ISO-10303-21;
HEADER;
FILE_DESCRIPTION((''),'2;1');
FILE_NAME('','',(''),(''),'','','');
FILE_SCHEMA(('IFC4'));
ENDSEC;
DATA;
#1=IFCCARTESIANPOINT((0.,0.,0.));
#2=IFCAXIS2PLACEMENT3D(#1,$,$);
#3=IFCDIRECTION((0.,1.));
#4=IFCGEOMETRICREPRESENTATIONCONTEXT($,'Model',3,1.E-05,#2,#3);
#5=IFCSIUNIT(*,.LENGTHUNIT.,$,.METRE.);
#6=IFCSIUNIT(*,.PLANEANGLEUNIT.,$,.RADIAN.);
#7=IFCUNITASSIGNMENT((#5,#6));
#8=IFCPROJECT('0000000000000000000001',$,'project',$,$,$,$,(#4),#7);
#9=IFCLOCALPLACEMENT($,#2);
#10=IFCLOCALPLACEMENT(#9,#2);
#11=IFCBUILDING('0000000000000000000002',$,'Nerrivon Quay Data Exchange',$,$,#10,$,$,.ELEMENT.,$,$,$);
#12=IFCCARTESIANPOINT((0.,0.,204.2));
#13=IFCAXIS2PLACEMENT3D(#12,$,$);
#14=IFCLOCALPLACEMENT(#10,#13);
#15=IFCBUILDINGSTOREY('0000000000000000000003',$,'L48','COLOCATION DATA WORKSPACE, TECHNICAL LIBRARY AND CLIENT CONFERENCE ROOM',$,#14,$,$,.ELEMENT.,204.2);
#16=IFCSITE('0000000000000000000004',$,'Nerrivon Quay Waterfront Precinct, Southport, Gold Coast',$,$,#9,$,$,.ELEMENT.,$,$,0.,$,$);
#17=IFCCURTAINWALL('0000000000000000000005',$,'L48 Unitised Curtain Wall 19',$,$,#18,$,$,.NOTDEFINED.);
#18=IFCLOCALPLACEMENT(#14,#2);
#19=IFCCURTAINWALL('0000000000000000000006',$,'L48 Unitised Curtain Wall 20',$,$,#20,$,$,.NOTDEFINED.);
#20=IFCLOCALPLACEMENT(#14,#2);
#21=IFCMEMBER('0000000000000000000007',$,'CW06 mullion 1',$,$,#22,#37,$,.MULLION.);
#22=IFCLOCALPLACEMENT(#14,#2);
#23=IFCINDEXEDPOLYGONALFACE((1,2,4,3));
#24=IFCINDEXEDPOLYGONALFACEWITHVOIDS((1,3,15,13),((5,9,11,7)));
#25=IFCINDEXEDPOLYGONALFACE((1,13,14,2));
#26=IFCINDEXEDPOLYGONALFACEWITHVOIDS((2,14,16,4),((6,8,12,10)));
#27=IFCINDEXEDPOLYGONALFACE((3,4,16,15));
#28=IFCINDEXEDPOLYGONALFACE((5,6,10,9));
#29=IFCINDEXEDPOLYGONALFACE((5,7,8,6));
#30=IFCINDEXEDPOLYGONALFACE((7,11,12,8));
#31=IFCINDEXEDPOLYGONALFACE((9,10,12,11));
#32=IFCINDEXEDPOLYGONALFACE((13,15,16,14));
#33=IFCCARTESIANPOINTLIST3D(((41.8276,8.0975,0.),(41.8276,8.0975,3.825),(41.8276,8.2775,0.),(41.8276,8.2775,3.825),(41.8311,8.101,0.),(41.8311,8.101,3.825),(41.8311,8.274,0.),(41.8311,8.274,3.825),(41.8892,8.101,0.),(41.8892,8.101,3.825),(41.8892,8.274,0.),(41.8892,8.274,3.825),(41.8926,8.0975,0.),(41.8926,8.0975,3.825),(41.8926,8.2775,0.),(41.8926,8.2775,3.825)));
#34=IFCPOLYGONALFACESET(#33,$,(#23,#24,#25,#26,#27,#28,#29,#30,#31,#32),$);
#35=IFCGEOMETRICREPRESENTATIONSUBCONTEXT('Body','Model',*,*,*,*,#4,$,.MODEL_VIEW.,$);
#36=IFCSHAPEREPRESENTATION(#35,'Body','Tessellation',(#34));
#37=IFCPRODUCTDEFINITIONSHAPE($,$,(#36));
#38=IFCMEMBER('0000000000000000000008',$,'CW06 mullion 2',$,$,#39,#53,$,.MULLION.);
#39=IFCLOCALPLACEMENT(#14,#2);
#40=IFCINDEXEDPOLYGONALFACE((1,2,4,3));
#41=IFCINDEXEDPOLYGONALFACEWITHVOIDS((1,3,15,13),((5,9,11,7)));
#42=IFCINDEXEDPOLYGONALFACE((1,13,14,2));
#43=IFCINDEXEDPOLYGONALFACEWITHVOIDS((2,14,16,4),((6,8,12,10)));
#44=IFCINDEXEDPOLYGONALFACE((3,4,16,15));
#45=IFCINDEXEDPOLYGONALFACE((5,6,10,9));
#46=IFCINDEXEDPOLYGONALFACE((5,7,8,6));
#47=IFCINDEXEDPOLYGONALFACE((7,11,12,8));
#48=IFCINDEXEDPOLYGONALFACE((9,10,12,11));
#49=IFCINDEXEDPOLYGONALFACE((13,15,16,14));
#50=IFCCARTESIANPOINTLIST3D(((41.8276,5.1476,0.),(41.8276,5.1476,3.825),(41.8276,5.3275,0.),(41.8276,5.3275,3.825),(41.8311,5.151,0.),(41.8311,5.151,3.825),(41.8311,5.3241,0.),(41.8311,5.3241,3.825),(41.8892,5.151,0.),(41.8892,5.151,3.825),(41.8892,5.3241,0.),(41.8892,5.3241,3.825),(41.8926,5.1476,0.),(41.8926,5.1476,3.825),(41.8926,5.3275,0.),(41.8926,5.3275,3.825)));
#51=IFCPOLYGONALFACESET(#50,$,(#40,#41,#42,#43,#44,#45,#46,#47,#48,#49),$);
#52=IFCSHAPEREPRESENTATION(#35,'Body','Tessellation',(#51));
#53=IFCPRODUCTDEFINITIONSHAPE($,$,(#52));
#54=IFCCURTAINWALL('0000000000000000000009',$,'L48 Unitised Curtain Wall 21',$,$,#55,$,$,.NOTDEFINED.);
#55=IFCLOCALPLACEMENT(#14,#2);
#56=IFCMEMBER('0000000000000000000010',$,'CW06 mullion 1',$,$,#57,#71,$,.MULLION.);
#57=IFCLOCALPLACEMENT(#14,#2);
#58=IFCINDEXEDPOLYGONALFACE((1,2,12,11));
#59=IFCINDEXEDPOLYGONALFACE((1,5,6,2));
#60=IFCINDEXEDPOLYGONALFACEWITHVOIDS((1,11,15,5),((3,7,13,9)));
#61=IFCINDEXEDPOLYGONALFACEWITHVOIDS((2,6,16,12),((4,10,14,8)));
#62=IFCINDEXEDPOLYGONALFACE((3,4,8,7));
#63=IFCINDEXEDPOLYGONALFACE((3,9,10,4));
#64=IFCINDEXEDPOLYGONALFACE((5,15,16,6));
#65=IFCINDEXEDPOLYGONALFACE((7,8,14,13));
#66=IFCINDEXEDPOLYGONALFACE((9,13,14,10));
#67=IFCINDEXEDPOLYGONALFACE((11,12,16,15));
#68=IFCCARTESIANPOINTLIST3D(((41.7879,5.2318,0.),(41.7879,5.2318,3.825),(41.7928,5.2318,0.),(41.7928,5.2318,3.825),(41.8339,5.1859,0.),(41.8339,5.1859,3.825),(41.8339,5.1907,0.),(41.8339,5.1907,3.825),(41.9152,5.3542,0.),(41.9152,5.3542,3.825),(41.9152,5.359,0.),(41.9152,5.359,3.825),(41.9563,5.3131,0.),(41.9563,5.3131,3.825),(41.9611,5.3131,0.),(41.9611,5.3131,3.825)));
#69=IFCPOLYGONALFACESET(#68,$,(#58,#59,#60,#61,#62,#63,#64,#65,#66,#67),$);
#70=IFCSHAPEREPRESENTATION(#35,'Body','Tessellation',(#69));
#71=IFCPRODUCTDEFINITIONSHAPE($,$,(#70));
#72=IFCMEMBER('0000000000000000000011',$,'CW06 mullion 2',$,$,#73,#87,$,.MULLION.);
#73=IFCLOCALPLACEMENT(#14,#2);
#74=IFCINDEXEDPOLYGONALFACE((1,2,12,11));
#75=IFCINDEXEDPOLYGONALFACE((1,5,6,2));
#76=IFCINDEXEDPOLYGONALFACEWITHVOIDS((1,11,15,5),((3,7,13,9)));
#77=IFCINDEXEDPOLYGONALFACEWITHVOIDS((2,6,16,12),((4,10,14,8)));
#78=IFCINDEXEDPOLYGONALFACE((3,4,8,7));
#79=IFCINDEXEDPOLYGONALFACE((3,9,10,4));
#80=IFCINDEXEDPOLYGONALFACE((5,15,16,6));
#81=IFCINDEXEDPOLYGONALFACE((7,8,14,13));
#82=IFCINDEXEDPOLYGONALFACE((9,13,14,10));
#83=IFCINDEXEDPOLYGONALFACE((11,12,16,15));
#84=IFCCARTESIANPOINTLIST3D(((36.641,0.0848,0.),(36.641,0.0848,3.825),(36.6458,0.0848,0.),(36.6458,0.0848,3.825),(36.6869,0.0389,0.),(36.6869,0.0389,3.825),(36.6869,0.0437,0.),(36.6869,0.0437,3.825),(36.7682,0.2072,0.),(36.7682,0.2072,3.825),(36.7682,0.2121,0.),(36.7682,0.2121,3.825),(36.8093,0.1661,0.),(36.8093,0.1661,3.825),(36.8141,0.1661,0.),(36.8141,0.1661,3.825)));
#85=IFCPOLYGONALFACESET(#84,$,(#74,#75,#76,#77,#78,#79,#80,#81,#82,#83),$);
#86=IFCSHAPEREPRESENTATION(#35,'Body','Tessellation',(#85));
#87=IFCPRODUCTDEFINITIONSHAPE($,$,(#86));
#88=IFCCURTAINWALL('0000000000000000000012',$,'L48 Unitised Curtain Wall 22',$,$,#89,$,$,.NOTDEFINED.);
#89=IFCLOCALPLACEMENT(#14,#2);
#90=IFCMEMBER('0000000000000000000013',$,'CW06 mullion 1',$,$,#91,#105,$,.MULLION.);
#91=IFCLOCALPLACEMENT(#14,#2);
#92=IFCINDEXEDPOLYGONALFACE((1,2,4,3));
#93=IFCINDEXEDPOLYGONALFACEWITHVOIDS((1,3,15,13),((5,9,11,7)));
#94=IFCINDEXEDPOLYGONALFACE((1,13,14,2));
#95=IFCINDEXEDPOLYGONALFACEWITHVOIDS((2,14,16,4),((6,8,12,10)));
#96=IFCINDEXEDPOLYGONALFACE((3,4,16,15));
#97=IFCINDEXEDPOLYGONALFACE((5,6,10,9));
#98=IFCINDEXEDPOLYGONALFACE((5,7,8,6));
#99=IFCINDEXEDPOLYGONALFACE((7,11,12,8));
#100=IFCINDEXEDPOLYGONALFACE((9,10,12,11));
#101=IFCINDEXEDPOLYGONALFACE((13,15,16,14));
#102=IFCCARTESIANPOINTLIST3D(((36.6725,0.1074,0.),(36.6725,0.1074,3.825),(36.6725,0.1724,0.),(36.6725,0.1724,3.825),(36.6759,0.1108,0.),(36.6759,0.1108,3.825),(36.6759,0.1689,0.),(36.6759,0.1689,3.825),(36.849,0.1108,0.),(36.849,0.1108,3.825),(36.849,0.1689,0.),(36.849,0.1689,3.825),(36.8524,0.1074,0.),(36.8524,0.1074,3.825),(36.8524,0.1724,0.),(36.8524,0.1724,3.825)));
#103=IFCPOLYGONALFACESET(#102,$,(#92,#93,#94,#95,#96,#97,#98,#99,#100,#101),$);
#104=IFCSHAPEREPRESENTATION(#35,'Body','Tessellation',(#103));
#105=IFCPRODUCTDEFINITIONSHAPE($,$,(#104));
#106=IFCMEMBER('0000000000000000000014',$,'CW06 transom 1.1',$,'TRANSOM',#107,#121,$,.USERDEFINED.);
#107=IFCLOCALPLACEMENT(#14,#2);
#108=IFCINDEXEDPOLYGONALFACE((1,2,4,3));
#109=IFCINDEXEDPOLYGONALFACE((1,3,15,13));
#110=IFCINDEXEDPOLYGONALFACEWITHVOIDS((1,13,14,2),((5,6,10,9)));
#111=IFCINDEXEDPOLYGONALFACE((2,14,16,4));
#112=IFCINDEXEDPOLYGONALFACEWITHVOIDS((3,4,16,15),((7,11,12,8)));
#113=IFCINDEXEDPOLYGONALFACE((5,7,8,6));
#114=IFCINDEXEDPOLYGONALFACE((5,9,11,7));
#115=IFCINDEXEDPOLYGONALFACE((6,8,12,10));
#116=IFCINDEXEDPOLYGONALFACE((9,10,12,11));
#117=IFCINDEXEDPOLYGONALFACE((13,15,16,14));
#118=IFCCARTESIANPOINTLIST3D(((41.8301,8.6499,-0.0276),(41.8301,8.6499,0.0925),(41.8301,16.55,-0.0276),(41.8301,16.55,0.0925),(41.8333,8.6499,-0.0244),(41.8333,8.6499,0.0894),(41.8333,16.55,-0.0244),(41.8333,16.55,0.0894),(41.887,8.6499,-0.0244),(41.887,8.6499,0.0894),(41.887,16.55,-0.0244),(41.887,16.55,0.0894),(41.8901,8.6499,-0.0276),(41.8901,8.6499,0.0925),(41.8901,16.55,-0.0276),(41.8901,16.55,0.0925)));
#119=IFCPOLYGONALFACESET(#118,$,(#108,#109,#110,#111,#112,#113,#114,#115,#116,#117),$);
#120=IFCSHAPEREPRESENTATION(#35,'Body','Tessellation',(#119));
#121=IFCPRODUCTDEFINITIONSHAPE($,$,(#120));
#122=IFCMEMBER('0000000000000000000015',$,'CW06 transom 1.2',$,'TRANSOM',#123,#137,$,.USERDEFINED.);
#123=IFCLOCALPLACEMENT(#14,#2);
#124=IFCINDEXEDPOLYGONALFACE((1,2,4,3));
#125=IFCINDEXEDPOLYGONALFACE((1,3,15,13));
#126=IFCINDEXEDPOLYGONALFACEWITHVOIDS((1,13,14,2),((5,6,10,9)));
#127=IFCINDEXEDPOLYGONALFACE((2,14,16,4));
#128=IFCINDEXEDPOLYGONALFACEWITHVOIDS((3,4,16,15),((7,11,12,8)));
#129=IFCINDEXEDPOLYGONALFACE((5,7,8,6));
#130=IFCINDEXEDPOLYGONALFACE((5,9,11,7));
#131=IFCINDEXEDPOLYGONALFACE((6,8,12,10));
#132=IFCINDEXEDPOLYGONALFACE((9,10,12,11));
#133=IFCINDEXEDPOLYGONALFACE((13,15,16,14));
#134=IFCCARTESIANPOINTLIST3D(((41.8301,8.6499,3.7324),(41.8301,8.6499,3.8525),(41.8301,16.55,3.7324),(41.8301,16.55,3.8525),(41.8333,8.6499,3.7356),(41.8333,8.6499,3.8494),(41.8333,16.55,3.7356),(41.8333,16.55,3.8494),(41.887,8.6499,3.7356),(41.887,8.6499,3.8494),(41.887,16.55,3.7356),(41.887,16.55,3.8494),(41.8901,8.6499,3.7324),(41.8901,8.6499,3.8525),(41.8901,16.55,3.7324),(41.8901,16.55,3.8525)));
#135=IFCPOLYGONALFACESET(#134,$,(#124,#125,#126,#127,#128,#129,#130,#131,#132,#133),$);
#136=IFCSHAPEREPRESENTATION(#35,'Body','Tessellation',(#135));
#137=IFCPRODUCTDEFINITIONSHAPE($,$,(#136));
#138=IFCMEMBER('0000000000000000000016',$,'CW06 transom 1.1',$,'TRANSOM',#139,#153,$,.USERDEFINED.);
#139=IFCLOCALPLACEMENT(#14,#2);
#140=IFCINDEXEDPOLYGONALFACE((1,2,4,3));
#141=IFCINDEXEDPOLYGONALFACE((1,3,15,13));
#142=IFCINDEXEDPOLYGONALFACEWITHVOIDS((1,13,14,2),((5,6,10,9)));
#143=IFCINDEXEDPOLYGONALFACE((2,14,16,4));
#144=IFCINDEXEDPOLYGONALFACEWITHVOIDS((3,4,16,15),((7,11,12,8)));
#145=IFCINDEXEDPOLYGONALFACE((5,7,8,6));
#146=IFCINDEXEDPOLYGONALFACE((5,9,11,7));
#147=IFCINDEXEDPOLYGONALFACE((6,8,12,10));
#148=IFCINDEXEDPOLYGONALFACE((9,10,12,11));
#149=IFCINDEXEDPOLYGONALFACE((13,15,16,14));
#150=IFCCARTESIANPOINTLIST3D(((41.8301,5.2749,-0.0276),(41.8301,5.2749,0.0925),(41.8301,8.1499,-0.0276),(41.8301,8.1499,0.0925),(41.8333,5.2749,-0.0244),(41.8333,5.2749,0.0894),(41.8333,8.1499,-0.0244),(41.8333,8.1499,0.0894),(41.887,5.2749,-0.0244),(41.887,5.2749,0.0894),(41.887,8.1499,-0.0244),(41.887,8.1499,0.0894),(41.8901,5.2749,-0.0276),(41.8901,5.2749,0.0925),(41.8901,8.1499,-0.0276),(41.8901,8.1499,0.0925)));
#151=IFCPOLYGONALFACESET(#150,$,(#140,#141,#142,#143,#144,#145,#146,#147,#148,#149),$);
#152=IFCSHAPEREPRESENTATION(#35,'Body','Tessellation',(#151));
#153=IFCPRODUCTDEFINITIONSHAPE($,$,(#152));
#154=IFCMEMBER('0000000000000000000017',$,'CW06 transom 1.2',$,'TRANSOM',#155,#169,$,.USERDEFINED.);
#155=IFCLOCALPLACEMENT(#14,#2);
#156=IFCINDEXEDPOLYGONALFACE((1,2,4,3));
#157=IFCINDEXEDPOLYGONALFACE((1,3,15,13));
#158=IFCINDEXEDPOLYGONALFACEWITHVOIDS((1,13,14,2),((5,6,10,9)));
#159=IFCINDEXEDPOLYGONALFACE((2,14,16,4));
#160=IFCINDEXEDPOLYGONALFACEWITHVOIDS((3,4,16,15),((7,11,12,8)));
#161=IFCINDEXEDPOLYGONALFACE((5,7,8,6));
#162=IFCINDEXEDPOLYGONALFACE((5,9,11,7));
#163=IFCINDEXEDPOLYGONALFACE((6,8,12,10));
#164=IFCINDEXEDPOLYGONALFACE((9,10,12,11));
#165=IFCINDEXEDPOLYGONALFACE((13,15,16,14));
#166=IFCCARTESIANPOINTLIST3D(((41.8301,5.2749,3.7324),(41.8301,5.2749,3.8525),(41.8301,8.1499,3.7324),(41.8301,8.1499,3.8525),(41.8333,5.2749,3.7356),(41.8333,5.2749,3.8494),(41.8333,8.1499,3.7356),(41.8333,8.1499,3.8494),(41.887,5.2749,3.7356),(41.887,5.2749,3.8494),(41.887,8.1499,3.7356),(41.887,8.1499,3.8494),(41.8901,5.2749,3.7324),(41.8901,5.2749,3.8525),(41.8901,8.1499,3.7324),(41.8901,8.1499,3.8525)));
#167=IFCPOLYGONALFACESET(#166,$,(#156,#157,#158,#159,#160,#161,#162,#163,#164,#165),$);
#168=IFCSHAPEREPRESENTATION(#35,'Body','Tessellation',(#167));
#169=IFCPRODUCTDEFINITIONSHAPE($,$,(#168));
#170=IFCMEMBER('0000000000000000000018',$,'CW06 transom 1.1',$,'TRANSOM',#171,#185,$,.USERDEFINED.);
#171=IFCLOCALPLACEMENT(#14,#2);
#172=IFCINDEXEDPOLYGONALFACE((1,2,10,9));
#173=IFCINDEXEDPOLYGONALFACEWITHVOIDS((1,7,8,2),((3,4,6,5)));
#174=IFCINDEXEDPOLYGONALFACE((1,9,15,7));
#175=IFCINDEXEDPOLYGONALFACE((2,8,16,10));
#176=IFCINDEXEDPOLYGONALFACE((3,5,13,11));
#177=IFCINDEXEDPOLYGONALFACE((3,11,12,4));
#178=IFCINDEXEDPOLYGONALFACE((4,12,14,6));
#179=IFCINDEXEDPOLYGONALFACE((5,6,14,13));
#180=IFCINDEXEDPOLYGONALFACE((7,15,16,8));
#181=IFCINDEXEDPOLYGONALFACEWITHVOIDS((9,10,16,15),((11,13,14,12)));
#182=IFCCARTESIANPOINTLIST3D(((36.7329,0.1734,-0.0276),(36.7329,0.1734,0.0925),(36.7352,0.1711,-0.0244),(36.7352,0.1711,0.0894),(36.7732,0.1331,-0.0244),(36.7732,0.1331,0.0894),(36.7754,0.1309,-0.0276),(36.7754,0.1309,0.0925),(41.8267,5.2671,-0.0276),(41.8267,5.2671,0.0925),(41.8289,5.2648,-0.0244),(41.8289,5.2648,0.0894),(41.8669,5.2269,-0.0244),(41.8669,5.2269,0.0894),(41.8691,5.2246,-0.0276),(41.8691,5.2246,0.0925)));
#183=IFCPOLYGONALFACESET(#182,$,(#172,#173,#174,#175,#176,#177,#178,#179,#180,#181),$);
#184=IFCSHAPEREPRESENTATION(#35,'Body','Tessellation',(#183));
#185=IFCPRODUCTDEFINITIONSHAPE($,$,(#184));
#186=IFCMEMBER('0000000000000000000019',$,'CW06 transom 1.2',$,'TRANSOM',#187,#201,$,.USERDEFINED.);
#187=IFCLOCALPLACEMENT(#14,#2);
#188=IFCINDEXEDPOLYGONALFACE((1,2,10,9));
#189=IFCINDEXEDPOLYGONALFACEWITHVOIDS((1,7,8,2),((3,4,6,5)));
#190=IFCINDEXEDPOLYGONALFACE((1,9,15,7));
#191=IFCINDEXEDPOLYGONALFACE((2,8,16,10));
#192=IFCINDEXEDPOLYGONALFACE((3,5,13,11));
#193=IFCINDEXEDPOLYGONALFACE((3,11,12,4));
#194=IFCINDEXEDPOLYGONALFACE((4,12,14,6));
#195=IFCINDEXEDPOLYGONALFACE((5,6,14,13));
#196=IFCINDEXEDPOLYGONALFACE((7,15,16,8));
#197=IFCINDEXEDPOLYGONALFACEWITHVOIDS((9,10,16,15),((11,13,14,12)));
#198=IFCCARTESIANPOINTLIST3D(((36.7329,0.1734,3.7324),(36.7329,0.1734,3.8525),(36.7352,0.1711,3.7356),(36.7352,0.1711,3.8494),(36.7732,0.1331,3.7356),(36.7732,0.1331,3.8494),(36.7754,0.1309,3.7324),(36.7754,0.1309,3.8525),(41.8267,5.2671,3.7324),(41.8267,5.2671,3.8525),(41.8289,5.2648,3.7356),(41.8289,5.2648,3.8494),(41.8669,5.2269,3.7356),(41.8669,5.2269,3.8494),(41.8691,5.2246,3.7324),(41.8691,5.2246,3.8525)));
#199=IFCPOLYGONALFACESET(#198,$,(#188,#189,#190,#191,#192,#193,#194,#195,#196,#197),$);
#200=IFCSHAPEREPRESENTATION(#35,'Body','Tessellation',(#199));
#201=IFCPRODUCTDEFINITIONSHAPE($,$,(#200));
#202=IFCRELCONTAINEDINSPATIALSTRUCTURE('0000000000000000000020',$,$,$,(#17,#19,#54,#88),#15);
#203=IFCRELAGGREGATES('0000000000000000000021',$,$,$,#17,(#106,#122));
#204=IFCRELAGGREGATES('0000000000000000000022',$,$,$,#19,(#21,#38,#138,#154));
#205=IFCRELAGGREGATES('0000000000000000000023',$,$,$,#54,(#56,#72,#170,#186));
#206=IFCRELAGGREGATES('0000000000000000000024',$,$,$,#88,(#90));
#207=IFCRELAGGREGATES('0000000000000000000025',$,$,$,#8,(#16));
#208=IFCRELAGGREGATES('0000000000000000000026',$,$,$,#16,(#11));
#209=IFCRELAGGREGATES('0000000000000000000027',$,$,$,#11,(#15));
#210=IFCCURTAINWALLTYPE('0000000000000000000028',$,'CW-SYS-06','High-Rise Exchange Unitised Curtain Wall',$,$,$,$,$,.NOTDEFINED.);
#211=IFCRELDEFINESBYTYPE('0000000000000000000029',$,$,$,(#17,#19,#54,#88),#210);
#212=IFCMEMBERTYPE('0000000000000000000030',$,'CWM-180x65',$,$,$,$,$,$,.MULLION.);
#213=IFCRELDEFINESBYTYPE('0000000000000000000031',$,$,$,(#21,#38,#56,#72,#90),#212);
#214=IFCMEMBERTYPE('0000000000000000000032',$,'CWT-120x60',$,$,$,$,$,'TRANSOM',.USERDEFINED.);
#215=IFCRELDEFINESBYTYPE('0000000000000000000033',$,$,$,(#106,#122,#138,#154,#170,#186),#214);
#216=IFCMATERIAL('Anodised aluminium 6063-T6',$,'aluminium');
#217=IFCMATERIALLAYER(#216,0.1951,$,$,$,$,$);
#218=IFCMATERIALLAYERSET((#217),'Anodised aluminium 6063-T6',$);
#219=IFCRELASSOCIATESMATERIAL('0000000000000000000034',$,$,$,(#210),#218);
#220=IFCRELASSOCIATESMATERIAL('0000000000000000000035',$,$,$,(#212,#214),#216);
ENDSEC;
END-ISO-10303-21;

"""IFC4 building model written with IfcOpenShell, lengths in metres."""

from ifc_helpers import new_model, si_unit, direction, frame, origin, origin_2d, place, context, subcontext, project, spatial, hollow_rectangle, extrude, material, layer, layer_set, material_profile, profile_set, type_object, element, aggregate, save


model = new_model("IFC4")

# Units and contexts
model_context = context("Model", 3, precision=1e-05, world=origin(), true_north=direction((0.0, 1.0)))
body_context = subcontext(model_context, "Body", "Model", "MODEL_VIEW")
ifc_project = project(units=[si_unit("LENGTHUNIT", "METRE"), si_unit("PLANEANGLEUNIT", "RADIAN")], contexts=[model_context])

# Site, building, storey
site_placement = place(None, origin())
site = spatial("IfcSite", under=ifc_project, at=site_placement, Name="Nerrivon Quay Waterfront Precinct, Southport, Gold Coast", CompositionType="ELEMENT", RefElevation=0.0)
building_placement = place(site_placement, origin())
building = spatial("IfcBuilding", under=site, at=building_placement, Name="Nerrivon Quay Data Exchange", CompositionType="ELEMENT")
storey_placement = place(building_placement, frame((0.0, 0.0, 204.2)))
storey = spatial("IfcBuildingStorey", under=building, at=storey_placement, Name="L48", Description="COLOCATION DATA WORKSPACE, TECHNICAL LIBRARY AND CLIENT CONFERENCE ROOM", CompositionType="ELEMENT", Elevation=204.2)

# Curtain walls, members
ifc_material_1 = material(Name="Anodised aluminium 6063-T6", Category="aluminium")
ifc_layer_1 = layer(ifc_material_1, 0.1951)
ifc_layer_set_1 = layer_set([ifc_layer_1], Name="Anodised aluminium 6063-T6")
curtain_wall_type = type_object("IfcCurtainWallType", Name="CW-SYS-06", Description="High-Rise Exchange Unitised Curtain Wall", PredefinedType="NOTDEFINED", material=ifc_layer_set_1)
curtain_wall_1_placement = place(storey_placement, origin())
curtain_wall_1 = element("IfcCurtainWall", 1, at=curtain_wall_1_placement, inside=storey, type_object=curtain_wall_type, Name="L48 Unitised Curtain Wall 19", PredefinedType="NOTDEFINED")
ifc_material_profile_1 = material_profile(ifc_material_1, hollow_rectangle(XDim=0.0649, YDim=0.1799, WallThickness=0.0034, at=origin_2d()), Name="ALU-MULL-180x65")
ifc_profile_set_1 = profile_set([ifc_material_profile_1], Name="Anodised aluminium 6063-T6")
member_type_1 = type_object("IfcMemberType", Name="CWM-180x65", PredefinedType="MULLION", material=ifc_profile_set_1)
curtain_wall_2_placement = place(storey_placement, origin())
curtain_wall_2 = element("IfcCurtainWall", 2, at=curtain_wall_2_placement, inside=storey, type_object=curtain_wall_type, Name="L48 Unitised Curtain Wall 20", PredefinedType="NOTDEFINED")
member_1_placement = place(storey_placement, frame((41.8601, 8.1875, 0.0), z_axis=(0.0, 0.0, 1.0), x_axis=(1.0, 0.0, 0.0)))
member_1 = element("IfcMember", 3, at=member_1_placement, type_object=member_type_1, Name="CW06 mullion 1", PredefinedType="MULLION", context=body_context, shape_type="SweptSolid", body=[
    extrude(hollow_rectangle(XDim=0.0649, YDim=0.1799, WallThickness=0.0034, at=origin_2d()), origin(), (0.0, 0.0, 1.0), 3.825),
])
member_2_placement = place(storey_placement, frame((41.8601, 5.2375, 0.0), z_axis=(0.0, 0.0, 1.0), x_axis=(1.0, 0.0, 0.0)))
member_2 = element("IfcMember", 4, at=member_2_placement, type_object=member_type_1, Name="CW06 mullion 2", PredefinedType="MULLION", context=body_context, shape_type="SweptSolid", body=[
    extrude(hollow_rectangle(XDim=0.0649, YDim=0.1799, WallThickness=0.0034, at=origin_2d()), origin(), (0.0, 0.0, 1.0), 3.825),
])
curtain_wall_3_placement = place(storey_placement, origin())
curtain_wall_3 = element("IfcCurtainWall", 5, at=curtain_wall_3_placement, inside=storey, type_object=curtain_wall_type, Name="L48 Unitised Curtain Wall 21", PredefinedType="NOTDEFINED")
member_3_placement = place(storey_placement, frame((41.8745, 5.2725, 0.0), z_axis=(0.0, 0.0, 1.0), x_axis=(0.707107, -0.707107, 0.0)))
member_3 = element("IfcMember", 6, at=member_3_placement, type_object=member_type_1, Name="CW06 mullion 1", PredefinedType="MULLION", context=body_context, shape_type="SweptSolid", body=[
    extrude(hollow_rectangle(XDim=0.0649, YDim=0.1799, WallThickness=0.0034, at=origin_2d()), origin(), (0.0, 0.0, 1.0), 3.825),
])
member_4_placement = place(storey_placement, frame((36.7275, 0.1255, 0.0), z_axis=(0.0, 0.0, 1.0), x_axis=(0.707107, -0.707107, 0.0)))
member_4 = element("IfcMember", 7, at=member_4_placement, type_object=member_type_1, Name="CW06 mullion 2", PredefinedType="MULLION", context=body_context, shape_type="SweptSolid", body=[
    extrude(hollow_rectangle(XDim=0.0649, YDim=0.1799, WallThickness=0.0034, at=origin_2d()), origin(), (0.0, 0.0, 1.0), 3.825),
])

# Curtain wall, member
curtain_wall_4_placement = place(storey_placement, origin())
curtain_wall_4 = element("IfcCurtainWall", 8, at=curtain_wall_4_placement, inside=storey, type_object=curtain_wall_type, Name="L48 Unitised Curtain Wall 22", PredefinedType="NOTDEFINED")
member_5_placement = place(storey_placement, frame((36.7625, 0.1399, 0.0), z_axis=(0.0, 0.0, 1.0), x_axis=(0.0, -1.0, 0.0)))
member_5 = element("IfcMember", 9, at=member_5_placement, type_object=member_type_1, Name="CW06 mullion 1", PredefinedType="MULLION", context=body_context, shape_type="SweptSolid", body=[
    extrude(hollow_rectangle(XDim=0.0649, YDim=0.1799, WallThickness=0.0034, at=origin_2d()), origin(), (0.0, 0.0, 1.0), 3.825),
])

# Members
ifc_material_profile_2 = material_profile(ifc_material_1, hollow_rectangle(XDim=0.0601, YDim=0.1201, WallThickness=0.0032, at=origin_2d()), Name="ALU-TRAN-120x60")
ifc_profile_set_2 = profile_set([ifc_material_profile_2], Name="Anodised aluminium 6063-T6")
member_type_2 = type_object("IfcMemberType", Name="CWT-120x60", ElementType="TRANSOM", PredefinedType="USERDEFINED", material=ifc_profile_set_2)
member_6_placement = place(storey_placement, frame((41.8601, 16.55, 0.0325), z_axis=(0.0, -1.0, 0.0), x_axis=(1.0, 0.0, 0.0)))
member_6 = element("IfcMember", 10, at=member_6_placement, type_object=member_type_2, Name="CW06 transom 1.1", ObjectType="TRANSOM", PredefinedType="USERDEFINED", context=body_context, shape_type="SweptSolid", body=[
    extrude(hollow_rectangle(XDim=0.0601, YDim=0.1201, WallThickness=0.0032, at=origin_2d()), origin(), (0.0, 0.0, 1.0), 7.9001),
])
member_7_placement = place(storey_placement, frame((41.8601, 16.55, 3.7925), z_axis=(0.0, -1.0, 0.0), x_axis=(1.0, 0.0, 0.0)))
member_7 = element("IfcMember", 11, at=member_7_placement, type_object=member_type_2, Name="CW06 transom 1.2", ObjectType="TRANSOM", PredefinedType="USERDEFINED", context=body_context, shape_type="SweptSolid", body=[
    extrude(hollow_rectangle(XDim=0.0601, YDim=0.1201, WallThickness=0.0032, at=origin_2d()), origin(), (0.0, 0.0, 1.0), 7.9001),
])
member_8_placement = place(storey_placement, frame((41.8601, 8.1499, 0.0325), z_axis=(0.0, -1.0, 0.0), x_axis=(1.0, 0.0, 0.0)))
member_8 = element("IfcMember", 12, at=member_8_placement, type_object=member_type_2, Name="CW06 transom 1.1", ObjectType="TRANSOM", PredefinedType="USERDEFINED", context=body_context, shape_type="SweptSolid", body=[
    extrude(hollow_rectangle(XDim=0.0601, YDim=0.1201, WallThickness=0.0032, at=origin_2d()), origin(), (0.0, 0.0, 1.0), 2.875),
])
member_9_placement = place(storey_placement, frame((41.8601, 8.1499, 3.7925), z_axis=(0.0, -1.0, 0.0), x_axis=(1.0, 0.0, 0.0)))
member_9 = element("IfcMember", 13, at=member_9_placement, type_object=member_type_2, Name="CW06 transom 1.2", ObjectType="TRANSOM", PredefinedType="USERDEFINED", context=body_context, shape_type="SweptSolid", body=[
    extrude(hollow_rectangle(XDim=0.0601, YDim=0.1201, WallThickness=0.0032, at=origin_2d()), origin(), (0.0, 0.0, 1.0), 2.875),
])
member_10_placement = place(storey_placement, frame((41.8479, 5.2458, 0.0325), z_axis=(-0.707107, -0.707107, 0.0), x_axis=(0.707107, -0.707107, 0.0)))
member_10 = element("IfcMember", 14, at=member_10_placement, type_object=member_type_2, Name="CW06 transom 1.1", ObjectType="TRANSOM", PredefinedType="USERDEFINED", context=body_context, shape_type="SweptSolid", body=[
    extrude(hollow_rectangle(XDim=0.0601, YDim=0.1201, WallThickness=0.0032, at=origin_2d()), origin(), (0.0, 0.0, 1.0), 7.2036),
])
member_11_placement = place(storey_placement, frame((41.8479, 5.2458, 3.7925), z_axis=(-0.707107, -0.707107, 0.0), x_axis=(0.707107, -0.707107, 0.0)))
member_11 = element("IfcMember", 15, at=member_11_placement, type_object=member_type_2, Name="CW06 transom 1.2", ObjectType="TRANSOM", PredefinedType="USERDEFINED", context=body_context, shape_type="SweptSolid", body=[
    extrude(hollow_rectangle(XDim=0.0601, YDim=0.1201, WallThickness=0.0032, at=origin_2d()), origin(), (0.0, 0.0, 1.0), 7.2036),
])

aggregate(curtain_wall_1, [member_6, member_7])
aggregate(curtain_wall_2, [member_1, member_2, member_8, member_9])
aggregate(curtain_wall_3, [member_3, member_4, member_10, member_11])
aggregate(curtain_wall_4, [member_5])

save(model, "model.ifc")
